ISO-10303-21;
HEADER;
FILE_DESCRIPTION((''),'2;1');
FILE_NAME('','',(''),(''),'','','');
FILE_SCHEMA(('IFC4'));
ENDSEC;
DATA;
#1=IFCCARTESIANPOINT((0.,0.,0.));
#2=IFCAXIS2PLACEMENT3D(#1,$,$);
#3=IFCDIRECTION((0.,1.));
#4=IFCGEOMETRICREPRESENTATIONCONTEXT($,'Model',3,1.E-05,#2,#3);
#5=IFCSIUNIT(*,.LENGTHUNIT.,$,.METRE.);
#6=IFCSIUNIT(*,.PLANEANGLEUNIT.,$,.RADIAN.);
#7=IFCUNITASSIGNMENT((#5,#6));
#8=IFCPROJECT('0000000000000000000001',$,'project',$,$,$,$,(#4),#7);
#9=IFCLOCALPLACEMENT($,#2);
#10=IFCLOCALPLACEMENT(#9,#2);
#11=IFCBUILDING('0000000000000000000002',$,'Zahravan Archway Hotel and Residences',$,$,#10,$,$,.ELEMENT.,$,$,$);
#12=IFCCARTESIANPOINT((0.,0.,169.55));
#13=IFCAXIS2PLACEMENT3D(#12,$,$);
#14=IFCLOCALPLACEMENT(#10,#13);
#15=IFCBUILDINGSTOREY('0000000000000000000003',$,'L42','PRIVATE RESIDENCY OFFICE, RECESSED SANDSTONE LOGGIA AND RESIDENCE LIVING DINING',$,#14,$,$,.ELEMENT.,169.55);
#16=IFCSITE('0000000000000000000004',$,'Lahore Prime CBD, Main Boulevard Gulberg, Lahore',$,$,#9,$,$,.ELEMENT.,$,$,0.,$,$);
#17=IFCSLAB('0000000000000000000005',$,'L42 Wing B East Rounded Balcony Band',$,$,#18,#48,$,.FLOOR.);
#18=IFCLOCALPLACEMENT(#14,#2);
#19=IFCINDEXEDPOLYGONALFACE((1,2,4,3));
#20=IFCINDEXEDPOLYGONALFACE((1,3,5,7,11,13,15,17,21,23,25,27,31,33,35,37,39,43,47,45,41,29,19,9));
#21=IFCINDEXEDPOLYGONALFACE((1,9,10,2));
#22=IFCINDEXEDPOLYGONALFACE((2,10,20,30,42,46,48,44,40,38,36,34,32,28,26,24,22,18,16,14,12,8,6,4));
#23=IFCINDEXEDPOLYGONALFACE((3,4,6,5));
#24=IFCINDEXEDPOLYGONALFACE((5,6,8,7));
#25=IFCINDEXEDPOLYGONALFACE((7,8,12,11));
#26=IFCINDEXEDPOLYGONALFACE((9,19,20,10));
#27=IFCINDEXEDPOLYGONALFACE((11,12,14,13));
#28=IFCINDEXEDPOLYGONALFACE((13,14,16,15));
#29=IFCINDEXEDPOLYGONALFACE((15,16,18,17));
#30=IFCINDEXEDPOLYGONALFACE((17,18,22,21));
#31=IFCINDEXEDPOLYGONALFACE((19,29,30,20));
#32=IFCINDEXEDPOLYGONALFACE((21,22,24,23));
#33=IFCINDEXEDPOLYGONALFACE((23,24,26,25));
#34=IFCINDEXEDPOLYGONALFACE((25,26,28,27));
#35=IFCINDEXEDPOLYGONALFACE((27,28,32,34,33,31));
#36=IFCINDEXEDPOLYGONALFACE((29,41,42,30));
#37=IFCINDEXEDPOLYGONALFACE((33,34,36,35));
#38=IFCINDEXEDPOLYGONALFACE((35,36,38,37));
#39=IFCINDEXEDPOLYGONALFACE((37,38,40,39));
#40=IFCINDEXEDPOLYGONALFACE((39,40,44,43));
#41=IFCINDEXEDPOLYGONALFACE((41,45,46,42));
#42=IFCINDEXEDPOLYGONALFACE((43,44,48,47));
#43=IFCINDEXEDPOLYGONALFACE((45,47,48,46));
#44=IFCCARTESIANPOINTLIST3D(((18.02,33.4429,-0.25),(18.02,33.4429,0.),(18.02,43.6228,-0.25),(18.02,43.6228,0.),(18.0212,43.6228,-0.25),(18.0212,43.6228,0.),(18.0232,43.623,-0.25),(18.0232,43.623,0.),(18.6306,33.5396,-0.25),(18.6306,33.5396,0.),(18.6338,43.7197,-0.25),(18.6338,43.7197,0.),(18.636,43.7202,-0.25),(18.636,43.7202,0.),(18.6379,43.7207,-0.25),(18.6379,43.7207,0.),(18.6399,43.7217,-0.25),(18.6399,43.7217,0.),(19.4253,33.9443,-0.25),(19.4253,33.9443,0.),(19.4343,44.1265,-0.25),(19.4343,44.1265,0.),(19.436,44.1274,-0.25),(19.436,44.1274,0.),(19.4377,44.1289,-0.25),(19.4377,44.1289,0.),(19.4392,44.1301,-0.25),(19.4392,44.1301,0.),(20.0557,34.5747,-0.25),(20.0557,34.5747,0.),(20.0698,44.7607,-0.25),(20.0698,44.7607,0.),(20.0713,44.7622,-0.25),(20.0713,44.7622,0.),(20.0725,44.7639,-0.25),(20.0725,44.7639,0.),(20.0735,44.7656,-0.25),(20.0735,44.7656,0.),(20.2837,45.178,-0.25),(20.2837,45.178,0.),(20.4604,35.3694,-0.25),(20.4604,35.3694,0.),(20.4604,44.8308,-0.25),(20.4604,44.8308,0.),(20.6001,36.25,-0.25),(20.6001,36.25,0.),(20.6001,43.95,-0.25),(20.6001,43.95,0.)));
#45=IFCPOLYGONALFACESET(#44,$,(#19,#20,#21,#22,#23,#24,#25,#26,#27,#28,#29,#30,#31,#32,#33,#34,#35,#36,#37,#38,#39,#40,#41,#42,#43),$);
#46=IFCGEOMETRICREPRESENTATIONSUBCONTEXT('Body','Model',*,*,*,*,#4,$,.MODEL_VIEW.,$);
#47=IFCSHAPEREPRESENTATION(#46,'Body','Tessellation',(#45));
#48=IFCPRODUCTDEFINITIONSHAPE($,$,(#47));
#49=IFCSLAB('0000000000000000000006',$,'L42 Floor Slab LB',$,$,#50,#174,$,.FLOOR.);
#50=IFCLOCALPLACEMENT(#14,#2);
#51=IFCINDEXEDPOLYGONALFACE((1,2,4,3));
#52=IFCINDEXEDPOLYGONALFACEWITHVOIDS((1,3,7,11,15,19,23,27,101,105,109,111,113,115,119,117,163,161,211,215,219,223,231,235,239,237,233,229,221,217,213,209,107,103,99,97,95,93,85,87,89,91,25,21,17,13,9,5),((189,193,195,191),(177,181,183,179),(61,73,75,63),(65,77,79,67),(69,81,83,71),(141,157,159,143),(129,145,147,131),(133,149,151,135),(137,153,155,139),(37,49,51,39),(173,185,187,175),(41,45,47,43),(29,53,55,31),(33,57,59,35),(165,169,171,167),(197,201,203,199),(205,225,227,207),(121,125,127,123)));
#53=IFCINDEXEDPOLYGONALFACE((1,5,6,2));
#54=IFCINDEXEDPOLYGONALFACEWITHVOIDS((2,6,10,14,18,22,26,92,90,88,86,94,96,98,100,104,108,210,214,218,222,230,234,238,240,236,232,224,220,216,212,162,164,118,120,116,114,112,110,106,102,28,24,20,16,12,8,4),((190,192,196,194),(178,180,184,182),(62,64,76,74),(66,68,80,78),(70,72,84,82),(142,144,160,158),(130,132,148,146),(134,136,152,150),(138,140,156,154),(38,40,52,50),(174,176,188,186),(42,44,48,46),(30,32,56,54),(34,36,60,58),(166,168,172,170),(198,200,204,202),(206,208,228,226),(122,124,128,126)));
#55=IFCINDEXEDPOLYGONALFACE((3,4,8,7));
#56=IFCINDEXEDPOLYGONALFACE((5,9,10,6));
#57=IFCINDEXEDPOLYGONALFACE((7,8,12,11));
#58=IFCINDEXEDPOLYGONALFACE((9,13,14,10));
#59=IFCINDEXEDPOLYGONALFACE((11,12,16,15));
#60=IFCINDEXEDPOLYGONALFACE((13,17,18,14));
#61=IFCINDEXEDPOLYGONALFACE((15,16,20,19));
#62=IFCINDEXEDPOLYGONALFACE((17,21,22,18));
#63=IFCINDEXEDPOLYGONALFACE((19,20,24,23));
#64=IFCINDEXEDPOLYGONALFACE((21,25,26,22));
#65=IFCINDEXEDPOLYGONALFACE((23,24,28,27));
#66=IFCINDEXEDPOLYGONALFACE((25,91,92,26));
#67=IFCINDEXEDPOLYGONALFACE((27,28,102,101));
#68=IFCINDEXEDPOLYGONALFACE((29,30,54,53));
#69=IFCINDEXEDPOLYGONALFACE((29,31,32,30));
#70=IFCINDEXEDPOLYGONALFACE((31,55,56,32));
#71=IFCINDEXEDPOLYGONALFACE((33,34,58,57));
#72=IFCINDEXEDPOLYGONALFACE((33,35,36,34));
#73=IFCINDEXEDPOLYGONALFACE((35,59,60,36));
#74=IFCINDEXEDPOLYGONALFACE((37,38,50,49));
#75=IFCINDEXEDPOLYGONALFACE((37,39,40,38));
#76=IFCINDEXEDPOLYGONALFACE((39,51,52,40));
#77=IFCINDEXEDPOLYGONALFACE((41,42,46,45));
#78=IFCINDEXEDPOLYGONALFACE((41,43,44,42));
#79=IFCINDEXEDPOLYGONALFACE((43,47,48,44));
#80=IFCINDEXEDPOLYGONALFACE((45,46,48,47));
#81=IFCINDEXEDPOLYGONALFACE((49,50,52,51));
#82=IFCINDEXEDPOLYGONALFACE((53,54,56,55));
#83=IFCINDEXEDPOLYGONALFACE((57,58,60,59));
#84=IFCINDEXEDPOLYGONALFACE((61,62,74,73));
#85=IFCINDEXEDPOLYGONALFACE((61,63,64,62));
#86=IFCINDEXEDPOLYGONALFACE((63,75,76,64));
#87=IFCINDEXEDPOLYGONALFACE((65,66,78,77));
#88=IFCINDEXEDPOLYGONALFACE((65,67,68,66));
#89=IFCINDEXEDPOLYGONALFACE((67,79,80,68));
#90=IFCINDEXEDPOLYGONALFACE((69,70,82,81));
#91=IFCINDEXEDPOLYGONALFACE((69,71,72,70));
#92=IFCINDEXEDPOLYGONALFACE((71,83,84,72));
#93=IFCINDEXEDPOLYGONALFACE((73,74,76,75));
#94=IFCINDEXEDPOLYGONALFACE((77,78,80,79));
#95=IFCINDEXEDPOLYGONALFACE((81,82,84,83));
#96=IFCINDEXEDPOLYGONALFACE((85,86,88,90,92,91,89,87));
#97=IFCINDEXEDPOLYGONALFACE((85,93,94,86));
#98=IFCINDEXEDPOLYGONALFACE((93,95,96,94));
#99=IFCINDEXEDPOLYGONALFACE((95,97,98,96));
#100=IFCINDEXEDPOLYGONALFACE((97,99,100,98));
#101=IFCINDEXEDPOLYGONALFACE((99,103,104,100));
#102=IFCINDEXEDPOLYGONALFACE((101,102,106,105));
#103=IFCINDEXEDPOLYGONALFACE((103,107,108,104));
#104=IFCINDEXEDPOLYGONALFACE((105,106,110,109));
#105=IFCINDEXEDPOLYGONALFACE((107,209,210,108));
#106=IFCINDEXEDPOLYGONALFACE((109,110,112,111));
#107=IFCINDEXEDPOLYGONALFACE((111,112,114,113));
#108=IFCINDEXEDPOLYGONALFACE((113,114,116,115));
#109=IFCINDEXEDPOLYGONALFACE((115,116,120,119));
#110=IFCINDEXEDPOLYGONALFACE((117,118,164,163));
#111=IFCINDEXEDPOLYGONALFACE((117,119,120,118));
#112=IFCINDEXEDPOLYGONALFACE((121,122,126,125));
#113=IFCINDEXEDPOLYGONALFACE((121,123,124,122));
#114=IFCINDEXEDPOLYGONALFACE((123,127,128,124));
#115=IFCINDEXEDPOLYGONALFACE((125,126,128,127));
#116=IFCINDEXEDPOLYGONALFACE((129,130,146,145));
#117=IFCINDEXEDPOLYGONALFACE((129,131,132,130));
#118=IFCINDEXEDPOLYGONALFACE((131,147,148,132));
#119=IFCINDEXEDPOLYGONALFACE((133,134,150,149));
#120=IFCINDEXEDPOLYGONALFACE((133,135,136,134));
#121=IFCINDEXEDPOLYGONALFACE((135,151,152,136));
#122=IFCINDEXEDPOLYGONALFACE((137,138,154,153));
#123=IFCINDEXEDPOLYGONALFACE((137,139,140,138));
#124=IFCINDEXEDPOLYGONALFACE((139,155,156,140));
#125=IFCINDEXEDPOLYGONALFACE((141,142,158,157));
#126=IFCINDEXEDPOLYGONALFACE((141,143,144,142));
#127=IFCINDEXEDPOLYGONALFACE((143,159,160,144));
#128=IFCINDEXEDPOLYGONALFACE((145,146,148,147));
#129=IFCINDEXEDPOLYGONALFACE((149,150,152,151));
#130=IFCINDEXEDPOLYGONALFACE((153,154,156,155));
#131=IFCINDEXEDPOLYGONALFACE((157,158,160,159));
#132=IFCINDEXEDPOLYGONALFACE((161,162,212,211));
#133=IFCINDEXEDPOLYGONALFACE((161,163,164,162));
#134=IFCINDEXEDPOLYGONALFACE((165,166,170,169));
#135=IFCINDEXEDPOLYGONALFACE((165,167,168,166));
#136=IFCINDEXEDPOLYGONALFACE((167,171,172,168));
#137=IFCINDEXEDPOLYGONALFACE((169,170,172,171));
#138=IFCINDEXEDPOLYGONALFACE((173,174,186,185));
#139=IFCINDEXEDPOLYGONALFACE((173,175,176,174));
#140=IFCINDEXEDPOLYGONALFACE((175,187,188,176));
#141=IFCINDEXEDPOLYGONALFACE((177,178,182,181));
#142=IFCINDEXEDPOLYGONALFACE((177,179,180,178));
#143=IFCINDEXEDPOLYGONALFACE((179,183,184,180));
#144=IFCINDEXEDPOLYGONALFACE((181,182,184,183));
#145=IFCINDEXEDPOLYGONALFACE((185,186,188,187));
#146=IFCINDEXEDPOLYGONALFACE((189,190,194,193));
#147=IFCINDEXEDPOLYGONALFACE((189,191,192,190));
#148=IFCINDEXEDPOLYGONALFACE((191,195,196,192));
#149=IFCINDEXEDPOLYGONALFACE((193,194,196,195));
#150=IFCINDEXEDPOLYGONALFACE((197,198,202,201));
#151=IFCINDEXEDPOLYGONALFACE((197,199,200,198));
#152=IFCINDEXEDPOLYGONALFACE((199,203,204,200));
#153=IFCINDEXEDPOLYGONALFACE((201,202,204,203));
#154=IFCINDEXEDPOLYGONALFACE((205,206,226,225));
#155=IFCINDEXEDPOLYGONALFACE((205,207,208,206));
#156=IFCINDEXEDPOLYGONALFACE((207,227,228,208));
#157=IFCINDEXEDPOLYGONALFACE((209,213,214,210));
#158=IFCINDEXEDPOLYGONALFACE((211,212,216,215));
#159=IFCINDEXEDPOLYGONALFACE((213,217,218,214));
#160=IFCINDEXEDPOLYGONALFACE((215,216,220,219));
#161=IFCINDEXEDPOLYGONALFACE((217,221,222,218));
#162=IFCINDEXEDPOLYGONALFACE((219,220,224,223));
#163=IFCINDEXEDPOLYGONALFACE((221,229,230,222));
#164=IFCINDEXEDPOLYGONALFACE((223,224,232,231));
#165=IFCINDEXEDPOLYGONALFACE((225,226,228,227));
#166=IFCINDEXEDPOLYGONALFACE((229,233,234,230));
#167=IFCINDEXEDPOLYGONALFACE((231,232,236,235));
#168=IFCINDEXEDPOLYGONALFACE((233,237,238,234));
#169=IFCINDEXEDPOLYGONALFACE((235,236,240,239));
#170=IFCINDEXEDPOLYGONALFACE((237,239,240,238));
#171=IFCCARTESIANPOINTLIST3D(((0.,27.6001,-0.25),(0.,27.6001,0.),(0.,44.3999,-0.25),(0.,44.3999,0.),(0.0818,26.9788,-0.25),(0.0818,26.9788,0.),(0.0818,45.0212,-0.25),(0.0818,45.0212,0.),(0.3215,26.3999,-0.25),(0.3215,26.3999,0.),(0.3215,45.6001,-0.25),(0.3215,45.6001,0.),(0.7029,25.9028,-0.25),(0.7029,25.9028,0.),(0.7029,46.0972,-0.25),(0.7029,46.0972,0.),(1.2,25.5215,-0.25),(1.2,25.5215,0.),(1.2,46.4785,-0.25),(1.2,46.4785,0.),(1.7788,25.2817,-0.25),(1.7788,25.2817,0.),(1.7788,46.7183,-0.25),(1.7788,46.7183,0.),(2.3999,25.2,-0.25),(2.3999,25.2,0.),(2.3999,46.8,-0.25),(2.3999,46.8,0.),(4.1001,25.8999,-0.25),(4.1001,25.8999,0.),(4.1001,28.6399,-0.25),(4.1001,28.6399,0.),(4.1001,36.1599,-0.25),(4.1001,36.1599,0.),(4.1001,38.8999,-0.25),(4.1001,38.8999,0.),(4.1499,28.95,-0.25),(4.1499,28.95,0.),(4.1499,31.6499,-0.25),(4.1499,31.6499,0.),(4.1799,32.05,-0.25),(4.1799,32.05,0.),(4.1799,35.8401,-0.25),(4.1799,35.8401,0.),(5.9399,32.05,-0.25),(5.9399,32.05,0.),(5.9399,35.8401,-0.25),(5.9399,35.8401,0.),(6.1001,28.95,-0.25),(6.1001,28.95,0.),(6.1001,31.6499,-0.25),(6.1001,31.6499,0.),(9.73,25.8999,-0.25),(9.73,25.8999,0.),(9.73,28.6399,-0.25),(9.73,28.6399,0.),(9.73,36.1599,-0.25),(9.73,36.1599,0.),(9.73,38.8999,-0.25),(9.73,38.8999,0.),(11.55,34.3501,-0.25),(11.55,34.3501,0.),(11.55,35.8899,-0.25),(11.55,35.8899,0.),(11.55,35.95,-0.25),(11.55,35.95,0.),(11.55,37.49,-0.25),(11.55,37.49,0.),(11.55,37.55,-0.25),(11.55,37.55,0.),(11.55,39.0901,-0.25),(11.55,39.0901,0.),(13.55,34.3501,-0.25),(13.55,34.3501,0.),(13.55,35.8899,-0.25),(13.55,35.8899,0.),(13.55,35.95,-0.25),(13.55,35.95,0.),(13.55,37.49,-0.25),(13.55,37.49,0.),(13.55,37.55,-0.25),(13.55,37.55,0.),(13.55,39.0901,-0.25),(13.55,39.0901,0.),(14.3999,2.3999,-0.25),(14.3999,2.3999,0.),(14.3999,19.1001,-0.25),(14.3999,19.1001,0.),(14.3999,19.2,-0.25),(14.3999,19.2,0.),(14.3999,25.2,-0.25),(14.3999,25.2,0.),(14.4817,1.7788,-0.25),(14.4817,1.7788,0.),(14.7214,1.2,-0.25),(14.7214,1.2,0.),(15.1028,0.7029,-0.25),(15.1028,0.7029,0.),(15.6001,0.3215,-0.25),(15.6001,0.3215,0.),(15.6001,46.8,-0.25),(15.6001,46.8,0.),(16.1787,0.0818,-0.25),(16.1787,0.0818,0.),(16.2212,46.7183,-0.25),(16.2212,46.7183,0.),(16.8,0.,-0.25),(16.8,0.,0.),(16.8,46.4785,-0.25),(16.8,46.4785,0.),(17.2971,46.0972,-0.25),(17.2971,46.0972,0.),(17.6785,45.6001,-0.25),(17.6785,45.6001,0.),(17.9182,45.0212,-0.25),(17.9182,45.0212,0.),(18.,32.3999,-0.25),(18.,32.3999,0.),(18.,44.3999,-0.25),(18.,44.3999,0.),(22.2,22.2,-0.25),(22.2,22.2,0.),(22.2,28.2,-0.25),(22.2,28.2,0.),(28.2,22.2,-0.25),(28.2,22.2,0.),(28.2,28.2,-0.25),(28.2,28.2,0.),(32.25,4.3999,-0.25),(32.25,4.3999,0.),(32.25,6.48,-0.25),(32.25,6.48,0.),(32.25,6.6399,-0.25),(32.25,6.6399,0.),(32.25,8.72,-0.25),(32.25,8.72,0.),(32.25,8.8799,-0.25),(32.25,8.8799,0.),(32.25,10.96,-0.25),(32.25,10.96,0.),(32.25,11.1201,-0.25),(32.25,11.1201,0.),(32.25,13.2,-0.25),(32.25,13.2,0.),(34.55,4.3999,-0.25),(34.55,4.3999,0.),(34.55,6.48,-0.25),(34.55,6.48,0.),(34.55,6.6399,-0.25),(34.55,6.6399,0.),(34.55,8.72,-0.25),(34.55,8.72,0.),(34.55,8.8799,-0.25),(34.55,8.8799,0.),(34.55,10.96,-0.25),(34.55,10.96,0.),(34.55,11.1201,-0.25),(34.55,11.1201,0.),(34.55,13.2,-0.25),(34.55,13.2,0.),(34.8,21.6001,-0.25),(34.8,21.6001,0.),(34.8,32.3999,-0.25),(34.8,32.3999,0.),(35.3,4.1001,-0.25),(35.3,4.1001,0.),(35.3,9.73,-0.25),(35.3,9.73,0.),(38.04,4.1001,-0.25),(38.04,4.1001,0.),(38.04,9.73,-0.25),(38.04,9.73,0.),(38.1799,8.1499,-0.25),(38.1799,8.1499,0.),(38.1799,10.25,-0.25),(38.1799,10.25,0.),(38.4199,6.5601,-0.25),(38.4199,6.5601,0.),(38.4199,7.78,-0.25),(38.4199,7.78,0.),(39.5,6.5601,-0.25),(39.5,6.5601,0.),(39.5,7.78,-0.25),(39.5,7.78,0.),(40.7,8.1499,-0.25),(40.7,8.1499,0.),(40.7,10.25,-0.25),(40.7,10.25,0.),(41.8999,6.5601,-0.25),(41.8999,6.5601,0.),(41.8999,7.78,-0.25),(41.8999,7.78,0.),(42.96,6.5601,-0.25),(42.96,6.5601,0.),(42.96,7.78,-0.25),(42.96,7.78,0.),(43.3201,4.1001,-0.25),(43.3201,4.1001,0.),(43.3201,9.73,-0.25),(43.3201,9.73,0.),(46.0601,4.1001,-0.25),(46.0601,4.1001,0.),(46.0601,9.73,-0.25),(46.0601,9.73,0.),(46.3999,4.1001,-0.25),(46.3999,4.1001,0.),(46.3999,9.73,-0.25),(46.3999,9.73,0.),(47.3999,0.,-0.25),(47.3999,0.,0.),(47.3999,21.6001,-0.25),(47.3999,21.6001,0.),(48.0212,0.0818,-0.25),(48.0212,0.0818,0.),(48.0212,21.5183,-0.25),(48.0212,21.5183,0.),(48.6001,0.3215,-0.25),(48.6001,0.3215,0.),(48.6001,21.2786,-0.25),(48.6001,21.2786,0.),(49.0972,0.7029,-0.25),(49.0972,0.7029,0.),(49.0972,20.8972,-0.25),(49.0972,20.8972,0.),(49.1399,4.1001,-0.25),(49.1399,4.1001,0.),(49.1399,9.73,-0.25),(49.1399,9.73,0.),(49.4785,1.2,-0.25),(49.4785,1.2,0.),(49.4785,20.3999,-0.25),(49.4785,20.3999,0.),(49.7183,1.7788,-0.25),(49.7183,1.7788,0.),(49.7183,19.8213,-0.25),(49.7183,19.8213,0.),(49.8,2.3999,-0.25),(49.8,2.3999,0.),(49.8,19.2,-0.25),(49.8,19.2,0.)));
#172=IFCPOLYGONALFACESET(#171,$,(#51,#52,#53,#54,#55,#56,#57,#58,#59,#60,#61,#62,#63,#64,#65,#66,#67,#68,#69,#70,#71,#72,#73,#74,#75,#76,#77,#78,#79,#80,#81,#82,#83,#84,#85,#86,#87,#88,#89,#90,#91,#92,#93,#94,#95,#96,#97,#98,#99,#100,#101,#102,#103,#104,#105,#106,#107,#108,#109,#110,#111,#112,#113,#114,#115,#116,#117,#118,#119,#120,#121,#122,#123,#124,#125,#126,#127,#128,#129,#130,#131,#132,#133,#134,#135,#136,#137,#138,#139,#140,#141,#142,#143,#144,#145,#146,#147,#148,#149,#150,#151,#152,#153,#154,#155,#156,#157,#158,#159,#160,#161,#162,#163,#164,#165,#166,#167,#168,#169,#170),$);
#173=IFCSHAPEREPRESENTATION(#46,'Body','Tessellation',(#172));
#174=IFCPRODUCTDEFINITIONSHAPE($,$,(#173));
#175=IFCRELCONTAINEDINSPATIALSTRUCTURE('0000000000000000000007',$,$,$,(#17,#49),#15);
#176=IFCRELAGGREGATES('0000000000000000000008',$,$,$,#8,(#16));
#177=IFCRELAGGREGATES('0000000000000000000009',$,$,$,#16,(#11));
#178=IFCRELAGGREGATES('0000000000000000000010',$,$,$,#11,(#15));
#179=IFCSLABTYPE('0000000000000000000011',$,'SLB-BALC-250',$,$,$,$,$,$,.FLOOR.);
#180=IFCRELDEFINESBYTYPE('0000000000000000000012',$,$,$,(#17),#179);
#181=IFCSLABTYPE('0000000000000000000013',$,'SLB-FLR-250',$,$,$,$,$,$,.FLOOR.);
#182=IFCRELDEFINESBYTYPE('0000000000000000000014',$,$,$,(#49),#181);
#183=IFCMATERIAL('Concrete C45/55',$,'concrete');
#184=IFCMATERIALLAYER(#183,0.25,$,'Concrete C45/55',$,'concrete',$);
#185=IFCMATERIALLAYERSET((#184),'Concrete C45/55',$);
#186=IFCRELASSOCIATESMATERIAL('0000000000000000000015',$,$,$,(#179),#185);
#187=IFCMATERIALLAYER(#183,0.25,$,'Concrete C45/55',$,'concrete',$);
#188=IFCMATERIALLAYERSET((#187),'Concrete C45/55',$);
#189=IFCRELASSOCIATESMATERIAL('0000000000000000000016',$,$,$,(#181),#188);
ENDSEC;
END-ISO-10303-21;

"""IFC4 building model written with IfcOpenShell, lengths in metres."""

from ifc_helpers import new_model, si_unit, direction, frame, origin, place, context, subcontext, project, spatial, polyline, outline, extrude, material, layer, layer_set, type_object, element, save


model = new_model("IFC4")

# Units and contexts
model_context = context("Model", 3, precision=1e-05, world=origin(), true_north=direction((0.0, 1.0)))
body_context = subcontext(model_context, "Body", "Model", "MODEL_VIEW")
ifc_project = project(units=[si_unit("LENGTHUNIT", "METRE"), si_unit("PLANEANGLEUNIT", "RADIAN")], contexts=[model_context])

# Site, building, storey
site_placement = place(None, origin())
site = spatial("IfcSite", under=ifc_project, at=site_placement, Name="Lahore Prime CBD, Main Boulevard Gulberg, Lahore", CompositionType="ELEMENT", RefElevation=0.0)
building_placement = place(site_placement, origin())
building = spatial("IfcBuilding", under=site, at=building_placement, Name="Zahravan Archway Hotel and Residences", CompositionType="ELEMENT")
storey_placement = place(building_placement, frame((0.0, 0.0, 169.55)))
storey = spatial("IfcBuildingStorey", under=building, at=storey_placement, Name="L42", Description="PRIVATE RESIDENCY OFFICE, RECESSED SANDSTONE LOGGIA AND RESIDENCE LIVING DINING", CompositionType="ELEMENT", Elevation=169.55)

# Slabs
ifc_material_1 = material(Name="Concrete C45/55", Category="concrete")
ifc_layer_1 = layer(ifc_material_1, 0.25, Name="Concrete C45/55", Category="concrete")
ifc_layer_set_1 = layer_set([ifc_layer_1], Name="Concrete C45/55")
slab_type_1 = type_object("IfcSlabType", Name="SLB-BALC-250", PredefinedType="FLOOR", material=ifc_layer_set_1)
slab_1_placement = place(storey_placement, frame((0.0, 0.0, -0.25)))
element("IfcSlab", 1, at=slab_1_placement, inside=storey, type_object=slab_type_1, Name="L42 Wing B East Rounded Balcony Band", PredefinedType="FLOOR", context=body_context, shape_type="SweptSolid", body=[
    extrude(outline(polyline([(20.4604, 44.8308), (20.6001, 43.95), (20.6001, 36.25), (20.4604, 35.3694), (20.0557, 34.5747), (19.4253, 33.9443), (18.6306, 33.5396), (18.02, 33.4429), (18.02, 43.6228), (18.0212, 43.6228), (18.0232, 43.623), (18.6338, 43.7197), (18.636, 43.7202), (18.6379, 43.7207), (18.6399, 43.7217), (19.4343, 44.1265), (19.436, 44.1274), (19.4377, 44.1289), (19.4392, 44.1301), (20.0698, 44.7607), (20.0713, 44.7622), (20.0725, 44.7639), (20.0735, 44.7656), (20.2837, 45.178), (20.4604, 44.8308)])), origin(), (0.0, 0.0, 1.0), 0.25),
])
ifc_layer_2 = layer(ifc_material_1, 0.25, Name="Concrete C45/55", Category="concrete")
ifc_layer_set_2 = layer_set([ifc_layer_2], Name="Concrete C45/55")
slab_type_2 = type_object("IfcSlabType", Name="SLB-FLR-250", PredefinedType="FLOOR", material=ifc_layer_set_2)
slab_2_placement = place(storey_placement, frame((0.0, 0.0, -0.25)))
element("IfcSlab", 2, at=slab_2_placement, inside=storey, type_object=slab_type_2, Name="L42 Floor Slab LB", PredefinedType="FLOOR", context=body_context, shape_type="SweptSolid", body=[
    extrude(outline(polyline([(34.8, 21.6001), (34.8, 32.3999), (18.0, 32.3999), (18.0, 44.3999), (17.9182, 45.0212), (17.6785, 45.6001), (17.2971, 46.0972), (16.8, 46.4785), (16.2212, 46.7183), (15.6001, 46.8), (2.3999, 46.8), (1.7788, 46.7183), (1.2, 46.4785), (0.7029, 46.0972), (0.3215, 45.6001), (0.0818, 45.0212), (0.0, 44.3999), (0.0, 27.6001), (0.0818, 26.9788), (0.3215, 26.3999), (0.7029, 25.9028), (1.2, 25.5215), (1.7788, 25.2817), (2.3999, 25.2), (14.3999, 25.2), (14.3999, 19.2), (14.3999, 19.1001), (14.3999, 2.3999), (14.4817, 1.7788), (14.7214, 1.2), (15.1028, 0.7029), (15.6001, 0.3215), (16.1787, 0.0818), (16.8, 0.0), (47.3999, 0.0), (48.0212, 0.0818), (48.6001, 0.3215), (49.0972, 0.7029), (49.4785, 1.2), (49.7183, 1.7788), (49.8, 2.3999), (49.8, 19.2), (49.7183, 19.8213), (49.4785, 20.3999), (49.0972, 20.8972), (48.6001, 21.2786), (48.0212, 21.5183), (47.3999, 21.6001), (34.8, 21.6001)]), holes=[polyline([(35.3, 9.73), (35.3, 4.1001), (38.04, 4.1001), (38.04, 9.73), (35.3, 9.73)]), polyline([(43.3201, 9.73), (43.3201, 4.1001), (46.0601, 4.1001), (46.0601, 9.73), (43.3201, 9.73)]), polyline([(46.3999, 9.73), (46.3999, 4.1001), (49.1399, 4.1001), (49.1399, 9.73), (46.3999, 9.73)]), polyline([(9.73, 28.6399), (4.1001, 28.6399), (4.1001, 25.8999), (9.73, 25.8999), (9.73, 28.6399)]), polyline([(9.73, 38.8999), (4.1001, 38.8999), (4.1001, 36.1599), (9.73, 36.1599), (9.73, 38.8999)]), polyline([(38.1799, 8.1499), (40.7, 8.1499), (40.7, 10.25), (38.1799, 10.25), (38.1799, 8.1499)]), polyline([(4.1499, 28.95), (6.1001, 28.95), (6.1001, 31.6499), (4.1499, 31.6499), (4.1499, 28.95)]), polyline([(11.55, 34.3501), (13.55, 34.3501), (13.55, 35.8899), (11.55, 35.8899), (11.55, 34.3501)]), polyline([(11.55, 35.95), (13.55, 35.95), (13.55, 37.49), (11.55, 37.49), (11.55, 35.95)]), polyline([(11.55, 37.55), (13.55, 37.55), (13.55, 39.0901), (11.55, 39.0901), (11.55, 37.55)]), polyline([(32.25, 4.3999), (34.55, 4.3999), (34.55, 6.48), (32.25, 6.48), (32.25, 4.3999)]), polyline([(32.25, 6.6399), (34.55, 6.6399), (34.55, 8.72), (32.25, 8.72), (32.25, 6.6399)]), polyline([(32.25, 8.8799), (34.55, 8.8799), (34.55, 10.96), (32.25, 10.96), (32.25, 8.8799)]), polyline([(32.25, 11.1201), (34.55, 11.1201), (34.55, 13.2), (32.25, 13.2), (32.25, 11.1201)]), polyline([(22.2, 22.2), (28.2, 22.2), (28.2, 28.2), (22.2, 28.2), (22.2, 22.2)]), polyline([(38.4199, 6.5601), (39.5, 6.5601), (39.5, 7.78), (38.4199, 7.78), (38.4199, 6.5601)]), polyline([(41.8999, 6.5601), (42.96, 6.5601), (42.96, 7.78), (41.8999, 7.78), (41.8999, 6.5601)]), polyline([(4.1799, 32.05), (5.9399, 32.05), (5.9399, 35.8401), (4.1799, 35.8401), (4.1799, 32.05)])]), origin(), (0.0, 0.0, 1.0), 0.25),
])

save(model, "model.ifc")
